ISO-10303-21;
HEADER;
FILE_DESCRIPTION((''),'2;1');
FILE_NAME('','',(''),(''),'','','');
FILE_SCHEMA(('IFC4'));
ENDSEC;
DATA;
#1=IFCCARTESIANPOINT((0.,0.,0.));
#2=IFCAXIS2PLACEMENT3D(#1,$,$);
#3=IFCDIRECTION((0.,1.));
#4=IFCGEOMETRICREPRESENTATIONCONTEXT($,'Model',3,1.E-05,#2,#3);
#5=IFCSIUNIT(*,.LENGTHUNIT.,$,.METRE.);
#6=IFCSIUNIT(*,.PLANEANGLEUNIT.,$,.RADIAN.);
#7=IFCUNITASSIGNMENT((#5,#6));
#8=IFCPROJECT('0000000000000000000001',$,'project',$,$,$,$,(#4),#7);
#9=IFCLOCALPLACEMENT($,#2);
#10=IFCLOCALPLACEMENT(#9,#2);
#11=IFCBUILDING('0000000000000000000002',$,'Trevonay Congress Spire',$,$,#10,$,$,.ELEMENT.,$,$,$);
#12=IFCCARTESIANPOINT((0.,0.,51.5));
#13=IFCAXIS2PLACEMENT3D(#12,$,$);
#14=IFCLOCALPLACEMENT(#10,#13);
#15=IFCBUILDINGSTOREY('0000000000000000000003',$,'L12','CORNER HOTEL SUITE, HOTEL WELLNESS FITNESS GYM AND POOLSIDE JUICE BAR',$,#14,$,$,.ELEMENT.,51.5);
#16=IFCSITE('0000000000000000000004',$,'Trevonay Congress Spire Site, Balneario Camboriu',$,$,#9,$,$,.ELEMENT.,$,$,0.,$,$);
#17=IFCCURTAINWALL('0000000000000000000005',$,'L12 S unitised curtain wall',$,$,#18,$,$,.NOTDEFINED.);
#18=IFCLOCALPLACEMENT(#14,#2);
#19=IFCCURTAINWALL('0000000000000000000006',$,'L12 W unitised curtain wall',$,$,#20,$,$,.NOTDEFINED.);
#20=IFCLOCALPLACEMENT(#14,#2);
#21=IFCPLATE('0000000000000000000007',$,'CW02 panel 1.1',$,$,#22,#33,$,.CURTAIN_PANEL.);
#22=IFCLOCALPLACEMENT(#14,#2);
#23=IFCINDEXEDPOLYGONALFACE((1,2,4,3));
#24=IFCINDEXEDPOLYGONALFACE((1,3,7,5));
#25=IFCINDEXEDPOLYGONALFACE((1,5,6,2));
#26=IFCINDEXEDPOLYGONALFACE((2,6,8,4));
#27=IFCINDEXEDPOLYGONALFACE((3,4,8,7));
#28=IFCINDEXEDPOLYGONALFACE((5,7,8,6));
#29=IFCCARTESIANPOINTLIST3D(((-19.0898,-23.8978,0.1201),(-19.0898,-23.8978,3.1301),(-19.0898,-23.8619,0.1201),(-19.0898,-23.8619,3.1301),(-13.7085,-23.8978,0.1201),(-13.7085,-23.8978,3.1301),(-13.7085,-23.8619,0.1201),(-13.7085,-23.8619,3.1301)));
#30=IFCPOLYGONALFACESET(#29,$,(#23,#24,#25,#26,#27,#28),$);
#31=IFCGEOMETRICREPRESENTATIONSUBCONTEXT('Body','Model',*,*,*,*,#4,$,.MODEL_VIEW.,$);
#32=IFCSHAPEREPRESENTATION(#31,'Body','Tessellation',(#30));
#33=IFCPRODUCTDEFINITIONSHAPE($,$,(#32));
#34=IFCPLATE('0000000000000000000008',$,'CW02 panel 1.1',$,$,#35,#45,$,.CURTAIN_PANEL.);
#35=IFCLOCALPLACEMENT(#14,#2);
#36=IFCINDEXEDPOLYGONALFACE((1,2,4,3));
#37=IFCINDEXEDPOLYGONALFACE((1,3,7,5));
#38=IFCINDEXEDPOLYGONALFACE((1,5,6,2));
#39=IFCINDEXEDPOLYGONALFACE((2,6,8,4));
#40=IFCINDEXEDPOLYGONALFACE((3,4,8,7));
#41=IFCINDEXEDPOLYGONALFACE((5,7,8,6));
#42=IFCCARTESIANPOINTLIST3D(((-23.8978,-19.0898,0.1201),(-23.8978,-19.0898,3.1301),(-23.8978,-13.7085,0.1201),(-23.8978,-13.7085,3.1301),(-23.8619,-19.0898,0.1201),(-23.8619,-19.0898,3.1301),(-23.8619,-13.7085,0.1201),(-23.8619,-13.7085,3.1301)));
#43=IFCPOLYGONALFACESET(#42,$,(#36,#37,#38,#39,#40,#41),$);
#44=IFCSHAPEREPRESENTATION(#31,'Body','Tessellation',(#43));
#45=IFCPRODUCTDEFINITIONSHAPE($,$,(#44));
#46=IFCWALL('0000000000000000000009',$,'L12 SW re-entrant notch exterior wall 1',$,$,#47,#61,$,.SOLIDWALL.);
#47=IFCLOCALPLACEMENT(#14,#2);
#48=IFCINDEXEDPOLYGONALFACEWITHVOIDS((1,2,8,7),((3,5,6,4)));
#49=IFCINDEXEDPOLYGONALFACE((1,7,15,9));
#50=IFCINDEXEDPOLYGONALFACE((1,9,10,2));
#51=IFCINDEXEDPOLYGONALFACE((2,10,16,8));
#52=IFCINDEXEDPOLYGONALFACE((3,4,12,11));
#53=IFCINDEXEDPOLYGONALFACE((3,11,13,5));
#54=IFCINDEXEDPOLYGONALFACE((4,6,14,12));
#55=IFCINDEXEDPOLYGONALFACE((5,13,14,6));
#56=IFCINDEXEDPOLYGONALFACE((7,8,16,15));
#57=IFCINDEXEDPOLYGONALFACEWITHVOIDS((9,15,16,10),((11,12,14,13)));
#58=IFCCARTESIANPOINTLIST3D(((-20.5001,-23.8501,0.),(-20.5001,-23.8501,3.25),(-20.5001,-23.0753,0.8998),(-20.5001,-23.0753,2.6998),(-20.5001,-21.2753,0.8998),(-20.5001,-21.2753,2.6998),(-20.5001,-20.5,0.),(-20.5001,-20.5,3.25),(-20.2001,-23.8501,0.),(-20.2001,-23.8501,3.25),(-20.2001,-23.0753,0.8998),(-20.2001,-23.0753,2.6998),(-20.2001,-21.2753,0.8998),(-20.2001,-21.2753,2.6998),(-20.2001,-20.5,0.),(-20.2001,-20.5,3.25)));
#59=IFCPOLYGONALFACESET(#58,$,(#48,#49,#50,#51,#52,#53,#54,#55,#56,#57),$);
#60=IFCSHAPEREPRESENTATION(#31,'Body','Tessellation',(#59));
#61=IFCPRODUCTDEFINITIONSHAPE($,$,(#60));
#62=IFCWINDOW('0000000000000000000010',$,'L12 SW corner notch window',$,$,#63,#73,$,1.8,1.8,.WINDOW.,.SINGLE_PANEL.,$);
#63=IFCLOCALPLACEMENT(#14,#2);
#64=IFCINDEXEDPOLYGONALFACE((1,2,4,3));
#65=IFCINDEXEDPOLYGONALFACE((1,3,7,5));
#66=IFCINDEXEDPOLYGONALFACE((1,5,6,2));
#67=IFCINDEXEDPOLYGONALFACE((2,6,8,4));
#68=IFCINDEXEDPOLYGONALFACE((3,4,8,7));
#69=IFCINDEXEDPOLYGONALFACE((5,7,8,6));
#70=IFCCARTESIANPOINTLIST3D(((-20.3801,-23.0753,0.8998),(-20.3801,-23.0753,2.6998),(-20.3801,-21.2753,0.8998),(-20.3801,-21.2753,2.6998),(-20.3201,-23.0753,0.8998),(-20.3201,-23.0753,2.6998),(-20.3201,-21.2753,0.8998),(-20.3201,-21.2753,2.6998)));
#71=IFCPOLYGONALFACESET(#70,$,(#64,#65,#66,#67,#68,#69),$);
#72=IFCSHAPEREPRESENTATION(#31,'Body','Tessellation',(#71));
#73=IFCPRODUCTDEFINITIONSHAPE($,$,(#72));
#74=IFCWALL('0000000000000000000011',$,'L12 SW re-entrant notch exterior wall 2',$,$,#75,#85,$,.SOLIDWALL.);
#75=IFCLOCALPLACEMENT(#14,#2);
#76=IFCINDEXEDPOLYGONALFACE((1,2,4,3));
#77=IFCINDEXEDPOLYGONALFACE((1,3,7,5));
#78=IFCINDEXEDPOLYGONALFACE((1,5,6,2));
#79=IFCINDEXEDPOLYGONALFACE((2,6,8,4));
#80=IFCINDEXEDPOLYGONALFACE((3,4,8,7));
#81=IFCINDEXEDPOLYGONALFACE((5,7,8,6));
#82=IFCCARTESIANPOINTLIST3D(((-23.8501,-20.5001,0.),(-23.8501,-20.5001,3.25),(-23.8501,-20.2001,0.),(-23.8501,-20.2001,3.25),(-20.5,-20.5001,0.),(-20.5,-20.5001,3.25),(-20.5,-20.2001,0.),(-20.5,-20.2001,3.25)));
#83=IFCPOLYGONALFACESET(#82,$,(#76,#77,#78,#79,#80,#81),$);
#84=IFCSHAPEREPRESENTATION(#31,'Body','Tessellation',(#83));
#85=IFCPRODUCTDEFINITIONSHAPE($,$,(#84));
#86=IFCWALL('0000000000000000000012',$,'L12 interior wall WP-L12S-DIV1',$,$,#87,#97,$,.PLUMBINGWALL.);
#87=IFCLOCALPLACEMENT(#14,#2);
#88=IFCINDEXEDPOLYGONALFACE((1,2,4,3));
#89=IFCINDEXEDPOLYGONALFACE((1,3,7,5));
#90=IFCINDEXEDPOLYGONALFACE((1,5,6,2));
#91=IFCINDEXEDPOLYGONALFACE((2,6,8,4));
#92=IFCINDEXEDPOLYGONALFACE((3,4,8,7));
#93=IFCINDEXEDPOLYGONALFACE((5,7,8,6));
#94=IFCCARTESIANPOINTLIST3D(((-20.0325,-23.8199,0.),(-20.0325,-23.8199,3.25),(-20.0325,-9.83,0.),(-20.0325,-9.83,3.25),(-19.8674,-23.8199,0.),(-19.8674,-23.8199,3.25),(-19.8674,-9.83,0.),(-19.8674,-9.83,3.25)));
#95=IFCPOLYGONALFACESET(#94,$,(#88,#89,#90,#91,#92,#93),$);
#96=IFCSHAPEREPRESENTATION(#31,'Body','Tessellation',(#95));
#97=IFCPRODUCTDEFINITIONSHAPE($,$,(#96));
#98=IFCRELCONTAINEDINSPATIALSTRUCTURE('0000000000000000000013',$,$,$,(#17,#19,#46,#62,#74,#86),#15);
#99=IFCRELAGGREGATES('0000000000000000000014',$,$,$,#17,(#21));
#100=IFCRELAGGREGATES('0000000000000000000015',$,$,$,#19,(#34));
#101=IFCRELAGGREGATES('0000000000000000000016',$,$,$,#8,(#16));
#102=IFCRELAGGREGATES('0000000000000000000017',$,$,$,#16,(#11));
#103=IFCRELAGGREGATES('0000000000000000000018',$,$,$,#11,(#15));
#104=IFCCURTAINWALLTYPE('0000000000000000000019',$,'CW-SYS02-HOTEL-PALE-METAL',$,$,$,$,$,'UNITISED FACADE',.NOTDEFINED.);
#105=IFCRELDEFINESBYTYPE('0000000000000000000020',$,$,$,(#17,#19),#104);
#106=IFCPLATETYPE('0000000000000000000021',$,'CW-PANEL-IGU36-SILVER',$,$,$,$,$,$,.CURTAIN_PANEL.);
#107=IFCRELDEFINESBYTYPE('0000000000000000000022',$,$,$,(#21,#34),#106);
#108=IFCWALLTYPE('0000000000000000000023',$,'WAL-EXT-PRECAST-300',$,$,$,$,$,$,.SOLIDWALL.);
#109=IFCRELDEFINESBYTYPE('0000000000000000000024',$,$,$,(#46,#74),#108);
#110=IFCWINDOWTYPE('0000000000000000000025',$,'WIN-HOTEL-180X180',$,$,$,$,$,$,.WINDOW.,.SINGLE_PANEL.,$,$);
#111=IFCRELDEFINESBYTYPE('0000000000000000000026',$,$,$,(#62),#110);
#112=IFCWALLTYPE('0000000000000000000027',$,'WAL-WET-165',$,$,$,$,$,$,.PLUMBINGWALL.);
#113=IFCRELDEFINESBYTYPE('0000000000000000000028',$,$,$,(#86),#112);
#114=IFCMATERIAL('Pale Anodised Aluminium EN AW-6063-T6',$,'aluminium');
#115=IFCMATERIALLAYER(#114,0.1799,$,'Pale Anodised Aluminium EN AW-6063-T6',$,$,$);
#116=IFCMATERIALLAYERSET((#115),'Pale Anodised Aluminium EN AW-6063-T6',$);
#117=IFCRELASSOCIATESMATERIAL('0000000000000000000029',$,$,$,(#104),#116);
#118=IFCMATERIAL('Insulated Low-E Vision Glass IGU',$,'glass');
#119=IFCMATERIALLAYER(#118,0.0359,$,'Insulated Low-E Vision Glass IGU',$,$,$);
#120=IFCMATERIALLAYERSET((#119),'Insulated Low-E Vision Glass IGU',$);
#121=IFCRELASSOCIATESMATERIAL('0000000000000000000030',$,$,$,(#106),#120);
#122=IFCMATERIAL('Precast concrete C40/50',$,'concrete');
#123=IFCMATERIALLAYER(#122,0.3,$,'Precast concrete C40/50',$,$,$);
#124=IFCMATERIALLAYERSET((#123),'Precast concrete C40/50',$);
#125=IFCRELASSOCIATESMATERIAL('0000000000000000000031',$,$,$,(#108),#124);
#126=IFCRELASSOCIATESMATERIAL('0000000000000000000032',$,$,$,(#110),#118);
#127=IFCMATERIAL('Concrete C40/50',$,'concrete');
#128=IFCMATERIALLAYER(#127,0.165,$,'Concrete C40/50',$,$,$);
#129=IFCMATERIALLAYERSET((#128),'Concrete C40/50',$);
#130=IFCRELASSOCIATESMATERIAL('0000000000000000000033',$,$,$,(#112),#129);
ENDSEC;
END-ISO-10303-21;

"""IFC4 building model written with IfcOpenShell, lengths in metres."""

from ifc_helpers import new_model, si_unit, direction, frame, frame_2d, origin, origin_2d, place, context, subcontext, project, spatial, rectangle, extrude, material, layer, layer_set, type_object, element, fill, aggregate, save


model = new_model("IFC4")

# Units and contexts
model_context = context("Model", 3, precision=1e-05, world=origin(), true_north=direction((0.0, 1.0)))
body_context = subcontext(model_context, "Body", "Model", "MODEL_VIEW")
ifc_project = project(units=[si_unit("LENGTHUNIT", "METRE"), si_unit("PLANEANGLEUNIT", "RADIAN")], contexts=[model_context])

# Site, building, storey
site_placement = place(None, origin())
site = spatial("IfcSite", under=ifc_project, at=site_placement, Name="Trevonay Congress Spire Site, Balneario Camboriu", CompositionType="ELEMENT", RefElevation=0.0)
building_placement = place(site_placement, origin())
building = spatial("IfcBuilding", under=site, at=building_placement, Name="Trevonay Congress Spire", CompositionType="ELEMENT")
storey_placement = place(building_placement, frame((0.0, 0.0, 51.5)))
storey = spatial("IfcBuildingStorey", under=building, at=storey_placement, Name="L12", Description="CORNER HOTEL SUITE, HOTEL WELLNESS FITNESS GYM AND POOLSIDE JUICE BAR", CompositionType="ELEMENT", Elevation=51.5)

# Curtain walls
ifc_material_1 = material(Name="Pale Anodised Aluminium EN AW-6063-T6", Category="aluminium")
ifc_layer_1 = layer(ifc_material_1, 0.1799, Name="Pale Anodised Aluminium EN AW-6063-T6")
ifc_layer_set_1 = layer_set([ifc_layer_1], Name="Pale Anodised Aluminium EN AW-6063-T6")
curtain_wall_type = type_object("IfcCurtainWallType", Name="CW-SYS02-HOTEL-PALE-METAL", ElementType="UNITISED FACADE", PredefinedType="NOTDEFINED", material=ifc_layer_set_1)
curtain_wall_1_placement = place(storey_placement, origin())
curtain_wall_1 = element("IfcCurtainWall", 1, at=curtain_wall_1_placement, inside=storey, type_object=curtain_wall_type, Name="L12 S unitised curtain wall", PredefinedType="NOTDEFINED")
curtain_wall_2_placement = place(storey_placement, origin())
curtain_wall_2 = element("IfcCurtainWall", 2, at=curtain_wall_2_placement, inside=storey, type_object=curtain_wall_type, Name="L12 W unitised curtain wall", PredefinedType="NOTDEFINED")

# Plates
ifc_material_2 = material(Name="Insulated Low-E Vision Glass IGU", Category="glass")
ifc_layer_2 = layer(ifc_material_2, 0.0359, Name="Insulated Low-E Vision Glass IGU")
ifc_layer_set_2 = layer_set([ifc_layer_2], Name="Insulated Low-E Vision Glass IGU")
plate_type = type_object("IfcPlateType", Name="CW-PANEL-IGU36-SILVER", PredefinedType="CURTAIN_PANEL", material=ifc_layer_set_2)
plate_1_placement = place(storey_placement, frame((-16.3992, -23.8799, 0.1201), z_axis=(0.0, 0.0, 1.0), x_axis=(1.0, 0.0, 0.0)))
plate_1 = element("IfcPlate", 3, at=plate_1_placement, type_object=plate_type, Name="CW02 panel 1.1", PredefinedType="CURTAIN_PANEL", context=body_context, shape_type="SweptSolid", body=[
    extrude(rectangle(XDim=5.3813, YDim=0.0359, at=origin_2d()), origin(), (0.0, 0.0, 1.0), 3.01),
])
aggregate(curtain_wall_1, [plate_1])
plate_2_placement = place(storey_placement, frame((-23.8799, -16.3992, 0.1201), z_axis=(0.0, 0.0, 1.0), x_axis=(0.0, 1.0, 0.0)))
plate_2 = element("IfcPlate", 4, at=plate_2_placement, type_object=plate_type, Name="CW02 panel 1.1", PredefinedType="CURTAIN_PANEL", context=body_context, shape_type="SweptSolid", body=[
    extrude(rectangle(XDim=5.3813, YDim=0.0359, at=origin_2d()), origin(), (0.0, 0.0, 1.0), 3.01),
])
aggregate(curtain_wall_2, [plate_2])

# Wall, opening, window
ifc_material_3 = material(Name="Precast concrete C40/50", Category="concrete")
ifc_layer_3 = layer(ifc_material_3, 0.3, Name="Precast concrete C40/50")
ifc_layer_set_3 = layer_set([ifc_layer_3], Name="Precast concrete C40/50")
wall_type_1 = type_object("IfcWallType", Name="WAL-EXT-PRECAST-300", PredefinedType="SOLIDWALL", material=ifc_layer_set_3)
wall_1_placement = place(storey_placement, frame((-20.3501, -23.8501, 0.0), z_axis=(0.0, 0.0, 1.0), x_axis=(0.0, 1.0, 0.0)))
wall_1 = element("IfcWall", 5, at=wall_1_placement, inside=storey, type_object=wall_type_1, Name="L12 SW re-entrant notch exterior wall 1", PredefinedType="SOLIDWALL", context=body_context, shape_type="SweptSolid", body=[
    extrude(rectangle(XDim=3.3501, YDim=0.3, at=frame_2d((1.675, 0.0))), origin(), (0.0, 0.0, 1.0), 3.25),
])
opening_placement = place(wall_1_placement, frame((0.7749, 0.0, 0.8999)))
opening = element("IfcOpeningElement", 6, at=opening_placement, cuts=wall_1, PredefinedType="OPENING", context=body_context, shape_type="SweptSolid", body=[
    extrude(rectangle(XDim=1.8, YDim=1.8, at=frame_2d((0.8999, 0.8999))), frame((0.0, 0.1602, 0.0), z_axis=(0.0, -1.0, 0.0), x_axis=(1.0, 0.0, 0.0)), (0.0, 0.0, 1.0), 0.3201),
])
window_type = type_object("IfcWindowType", Name="WIN-HOTEL-180X180", PartitioningType="SINGLE_PANEL", PredefinedType="WINDOW", material=ifc_material_2)
window_placement = place(opening_placement, origin())
window = element("IfcWindow", 7, at=window_placement, inside=storey, type_object=window_type, Name="L12 SW corner notch window", OverallHeight=1.8, OverallWidth=1.8, PartitioningType="SINGLE_PANEL", PredefinedType="WINDOW", context=body_context, shape_type="SweptSolid", body=[
    extrude(rectangle(XDim=1.8, YDim=1.8, at=frame_2d((0.8999, 0.8999))), frame((0.0, 0.03, 0.0), z_axis=(0.0, -1.0, 0.0), x_axis=(1.0, 0.0, 0.0)), (0.0, 0.0, 1.0), 0.0601),
])
fill(opening, window)

# Walls
wall_2_placement = place(storey_placement, frame((-23.8501, -20.3501, 0.0), z_axis=(0.0, 0.0, 1.0), x_axis=(1.0, 0.0, 0.0)))
element("IfcWall", 8, at=wall_2_placement, inside=storey, type_object=wall_type_1, Name="L12 SW re-entrant notch exterior wall 2", PredefinedType="SOLIDWALL", context=body_context, shape_type="SweptSolid", body=[
    extrude(rectangle(XDim=3.3501, YDim=0.3, at=frame_2d((1.675, 0.0))), origin(), (0.0, 0.0, 1.0), 3.25),
])
ifc_material_4 = material(Name="Concrete C40/50", Category="concrete")
ifc_layer_4 = layer(ifc_material_4, 0.165, Name="Concrete C40/50")
ifc_layer_set_4 = layer_set([ifc_layer_4], Name="Concrete C40/50")
wall_type_2 = type_object("IfcWallType", Name="WAL-WET-165", PredefinedType="PLUMBINGWALL", material=ifc_layer_set_4)
wall_3_placement = place(storey_placement, frame((-19.95, -23.8201, 0.0), z_axis=(0.0, 0.0, 1.0), x_axis=(0.0, 1.0, 0.0)))
element("IfcWall", 9, at=wall_3_placement, inside=storey, type_object=wall_type_2, Name="L12 interior wall WP-L12S-DIV1", PredefinedType="PLUMBINGWALL", context=body_context, shape_type="SweptSolid", body=[
    extrude(rectangle(XDim=13.99, YDim=0.165, at=frame_2d((6.9951, 0.0))), origin(), (0.0, 0.0, 1.0), 3.25),
])

save(model, "model.ifc")
